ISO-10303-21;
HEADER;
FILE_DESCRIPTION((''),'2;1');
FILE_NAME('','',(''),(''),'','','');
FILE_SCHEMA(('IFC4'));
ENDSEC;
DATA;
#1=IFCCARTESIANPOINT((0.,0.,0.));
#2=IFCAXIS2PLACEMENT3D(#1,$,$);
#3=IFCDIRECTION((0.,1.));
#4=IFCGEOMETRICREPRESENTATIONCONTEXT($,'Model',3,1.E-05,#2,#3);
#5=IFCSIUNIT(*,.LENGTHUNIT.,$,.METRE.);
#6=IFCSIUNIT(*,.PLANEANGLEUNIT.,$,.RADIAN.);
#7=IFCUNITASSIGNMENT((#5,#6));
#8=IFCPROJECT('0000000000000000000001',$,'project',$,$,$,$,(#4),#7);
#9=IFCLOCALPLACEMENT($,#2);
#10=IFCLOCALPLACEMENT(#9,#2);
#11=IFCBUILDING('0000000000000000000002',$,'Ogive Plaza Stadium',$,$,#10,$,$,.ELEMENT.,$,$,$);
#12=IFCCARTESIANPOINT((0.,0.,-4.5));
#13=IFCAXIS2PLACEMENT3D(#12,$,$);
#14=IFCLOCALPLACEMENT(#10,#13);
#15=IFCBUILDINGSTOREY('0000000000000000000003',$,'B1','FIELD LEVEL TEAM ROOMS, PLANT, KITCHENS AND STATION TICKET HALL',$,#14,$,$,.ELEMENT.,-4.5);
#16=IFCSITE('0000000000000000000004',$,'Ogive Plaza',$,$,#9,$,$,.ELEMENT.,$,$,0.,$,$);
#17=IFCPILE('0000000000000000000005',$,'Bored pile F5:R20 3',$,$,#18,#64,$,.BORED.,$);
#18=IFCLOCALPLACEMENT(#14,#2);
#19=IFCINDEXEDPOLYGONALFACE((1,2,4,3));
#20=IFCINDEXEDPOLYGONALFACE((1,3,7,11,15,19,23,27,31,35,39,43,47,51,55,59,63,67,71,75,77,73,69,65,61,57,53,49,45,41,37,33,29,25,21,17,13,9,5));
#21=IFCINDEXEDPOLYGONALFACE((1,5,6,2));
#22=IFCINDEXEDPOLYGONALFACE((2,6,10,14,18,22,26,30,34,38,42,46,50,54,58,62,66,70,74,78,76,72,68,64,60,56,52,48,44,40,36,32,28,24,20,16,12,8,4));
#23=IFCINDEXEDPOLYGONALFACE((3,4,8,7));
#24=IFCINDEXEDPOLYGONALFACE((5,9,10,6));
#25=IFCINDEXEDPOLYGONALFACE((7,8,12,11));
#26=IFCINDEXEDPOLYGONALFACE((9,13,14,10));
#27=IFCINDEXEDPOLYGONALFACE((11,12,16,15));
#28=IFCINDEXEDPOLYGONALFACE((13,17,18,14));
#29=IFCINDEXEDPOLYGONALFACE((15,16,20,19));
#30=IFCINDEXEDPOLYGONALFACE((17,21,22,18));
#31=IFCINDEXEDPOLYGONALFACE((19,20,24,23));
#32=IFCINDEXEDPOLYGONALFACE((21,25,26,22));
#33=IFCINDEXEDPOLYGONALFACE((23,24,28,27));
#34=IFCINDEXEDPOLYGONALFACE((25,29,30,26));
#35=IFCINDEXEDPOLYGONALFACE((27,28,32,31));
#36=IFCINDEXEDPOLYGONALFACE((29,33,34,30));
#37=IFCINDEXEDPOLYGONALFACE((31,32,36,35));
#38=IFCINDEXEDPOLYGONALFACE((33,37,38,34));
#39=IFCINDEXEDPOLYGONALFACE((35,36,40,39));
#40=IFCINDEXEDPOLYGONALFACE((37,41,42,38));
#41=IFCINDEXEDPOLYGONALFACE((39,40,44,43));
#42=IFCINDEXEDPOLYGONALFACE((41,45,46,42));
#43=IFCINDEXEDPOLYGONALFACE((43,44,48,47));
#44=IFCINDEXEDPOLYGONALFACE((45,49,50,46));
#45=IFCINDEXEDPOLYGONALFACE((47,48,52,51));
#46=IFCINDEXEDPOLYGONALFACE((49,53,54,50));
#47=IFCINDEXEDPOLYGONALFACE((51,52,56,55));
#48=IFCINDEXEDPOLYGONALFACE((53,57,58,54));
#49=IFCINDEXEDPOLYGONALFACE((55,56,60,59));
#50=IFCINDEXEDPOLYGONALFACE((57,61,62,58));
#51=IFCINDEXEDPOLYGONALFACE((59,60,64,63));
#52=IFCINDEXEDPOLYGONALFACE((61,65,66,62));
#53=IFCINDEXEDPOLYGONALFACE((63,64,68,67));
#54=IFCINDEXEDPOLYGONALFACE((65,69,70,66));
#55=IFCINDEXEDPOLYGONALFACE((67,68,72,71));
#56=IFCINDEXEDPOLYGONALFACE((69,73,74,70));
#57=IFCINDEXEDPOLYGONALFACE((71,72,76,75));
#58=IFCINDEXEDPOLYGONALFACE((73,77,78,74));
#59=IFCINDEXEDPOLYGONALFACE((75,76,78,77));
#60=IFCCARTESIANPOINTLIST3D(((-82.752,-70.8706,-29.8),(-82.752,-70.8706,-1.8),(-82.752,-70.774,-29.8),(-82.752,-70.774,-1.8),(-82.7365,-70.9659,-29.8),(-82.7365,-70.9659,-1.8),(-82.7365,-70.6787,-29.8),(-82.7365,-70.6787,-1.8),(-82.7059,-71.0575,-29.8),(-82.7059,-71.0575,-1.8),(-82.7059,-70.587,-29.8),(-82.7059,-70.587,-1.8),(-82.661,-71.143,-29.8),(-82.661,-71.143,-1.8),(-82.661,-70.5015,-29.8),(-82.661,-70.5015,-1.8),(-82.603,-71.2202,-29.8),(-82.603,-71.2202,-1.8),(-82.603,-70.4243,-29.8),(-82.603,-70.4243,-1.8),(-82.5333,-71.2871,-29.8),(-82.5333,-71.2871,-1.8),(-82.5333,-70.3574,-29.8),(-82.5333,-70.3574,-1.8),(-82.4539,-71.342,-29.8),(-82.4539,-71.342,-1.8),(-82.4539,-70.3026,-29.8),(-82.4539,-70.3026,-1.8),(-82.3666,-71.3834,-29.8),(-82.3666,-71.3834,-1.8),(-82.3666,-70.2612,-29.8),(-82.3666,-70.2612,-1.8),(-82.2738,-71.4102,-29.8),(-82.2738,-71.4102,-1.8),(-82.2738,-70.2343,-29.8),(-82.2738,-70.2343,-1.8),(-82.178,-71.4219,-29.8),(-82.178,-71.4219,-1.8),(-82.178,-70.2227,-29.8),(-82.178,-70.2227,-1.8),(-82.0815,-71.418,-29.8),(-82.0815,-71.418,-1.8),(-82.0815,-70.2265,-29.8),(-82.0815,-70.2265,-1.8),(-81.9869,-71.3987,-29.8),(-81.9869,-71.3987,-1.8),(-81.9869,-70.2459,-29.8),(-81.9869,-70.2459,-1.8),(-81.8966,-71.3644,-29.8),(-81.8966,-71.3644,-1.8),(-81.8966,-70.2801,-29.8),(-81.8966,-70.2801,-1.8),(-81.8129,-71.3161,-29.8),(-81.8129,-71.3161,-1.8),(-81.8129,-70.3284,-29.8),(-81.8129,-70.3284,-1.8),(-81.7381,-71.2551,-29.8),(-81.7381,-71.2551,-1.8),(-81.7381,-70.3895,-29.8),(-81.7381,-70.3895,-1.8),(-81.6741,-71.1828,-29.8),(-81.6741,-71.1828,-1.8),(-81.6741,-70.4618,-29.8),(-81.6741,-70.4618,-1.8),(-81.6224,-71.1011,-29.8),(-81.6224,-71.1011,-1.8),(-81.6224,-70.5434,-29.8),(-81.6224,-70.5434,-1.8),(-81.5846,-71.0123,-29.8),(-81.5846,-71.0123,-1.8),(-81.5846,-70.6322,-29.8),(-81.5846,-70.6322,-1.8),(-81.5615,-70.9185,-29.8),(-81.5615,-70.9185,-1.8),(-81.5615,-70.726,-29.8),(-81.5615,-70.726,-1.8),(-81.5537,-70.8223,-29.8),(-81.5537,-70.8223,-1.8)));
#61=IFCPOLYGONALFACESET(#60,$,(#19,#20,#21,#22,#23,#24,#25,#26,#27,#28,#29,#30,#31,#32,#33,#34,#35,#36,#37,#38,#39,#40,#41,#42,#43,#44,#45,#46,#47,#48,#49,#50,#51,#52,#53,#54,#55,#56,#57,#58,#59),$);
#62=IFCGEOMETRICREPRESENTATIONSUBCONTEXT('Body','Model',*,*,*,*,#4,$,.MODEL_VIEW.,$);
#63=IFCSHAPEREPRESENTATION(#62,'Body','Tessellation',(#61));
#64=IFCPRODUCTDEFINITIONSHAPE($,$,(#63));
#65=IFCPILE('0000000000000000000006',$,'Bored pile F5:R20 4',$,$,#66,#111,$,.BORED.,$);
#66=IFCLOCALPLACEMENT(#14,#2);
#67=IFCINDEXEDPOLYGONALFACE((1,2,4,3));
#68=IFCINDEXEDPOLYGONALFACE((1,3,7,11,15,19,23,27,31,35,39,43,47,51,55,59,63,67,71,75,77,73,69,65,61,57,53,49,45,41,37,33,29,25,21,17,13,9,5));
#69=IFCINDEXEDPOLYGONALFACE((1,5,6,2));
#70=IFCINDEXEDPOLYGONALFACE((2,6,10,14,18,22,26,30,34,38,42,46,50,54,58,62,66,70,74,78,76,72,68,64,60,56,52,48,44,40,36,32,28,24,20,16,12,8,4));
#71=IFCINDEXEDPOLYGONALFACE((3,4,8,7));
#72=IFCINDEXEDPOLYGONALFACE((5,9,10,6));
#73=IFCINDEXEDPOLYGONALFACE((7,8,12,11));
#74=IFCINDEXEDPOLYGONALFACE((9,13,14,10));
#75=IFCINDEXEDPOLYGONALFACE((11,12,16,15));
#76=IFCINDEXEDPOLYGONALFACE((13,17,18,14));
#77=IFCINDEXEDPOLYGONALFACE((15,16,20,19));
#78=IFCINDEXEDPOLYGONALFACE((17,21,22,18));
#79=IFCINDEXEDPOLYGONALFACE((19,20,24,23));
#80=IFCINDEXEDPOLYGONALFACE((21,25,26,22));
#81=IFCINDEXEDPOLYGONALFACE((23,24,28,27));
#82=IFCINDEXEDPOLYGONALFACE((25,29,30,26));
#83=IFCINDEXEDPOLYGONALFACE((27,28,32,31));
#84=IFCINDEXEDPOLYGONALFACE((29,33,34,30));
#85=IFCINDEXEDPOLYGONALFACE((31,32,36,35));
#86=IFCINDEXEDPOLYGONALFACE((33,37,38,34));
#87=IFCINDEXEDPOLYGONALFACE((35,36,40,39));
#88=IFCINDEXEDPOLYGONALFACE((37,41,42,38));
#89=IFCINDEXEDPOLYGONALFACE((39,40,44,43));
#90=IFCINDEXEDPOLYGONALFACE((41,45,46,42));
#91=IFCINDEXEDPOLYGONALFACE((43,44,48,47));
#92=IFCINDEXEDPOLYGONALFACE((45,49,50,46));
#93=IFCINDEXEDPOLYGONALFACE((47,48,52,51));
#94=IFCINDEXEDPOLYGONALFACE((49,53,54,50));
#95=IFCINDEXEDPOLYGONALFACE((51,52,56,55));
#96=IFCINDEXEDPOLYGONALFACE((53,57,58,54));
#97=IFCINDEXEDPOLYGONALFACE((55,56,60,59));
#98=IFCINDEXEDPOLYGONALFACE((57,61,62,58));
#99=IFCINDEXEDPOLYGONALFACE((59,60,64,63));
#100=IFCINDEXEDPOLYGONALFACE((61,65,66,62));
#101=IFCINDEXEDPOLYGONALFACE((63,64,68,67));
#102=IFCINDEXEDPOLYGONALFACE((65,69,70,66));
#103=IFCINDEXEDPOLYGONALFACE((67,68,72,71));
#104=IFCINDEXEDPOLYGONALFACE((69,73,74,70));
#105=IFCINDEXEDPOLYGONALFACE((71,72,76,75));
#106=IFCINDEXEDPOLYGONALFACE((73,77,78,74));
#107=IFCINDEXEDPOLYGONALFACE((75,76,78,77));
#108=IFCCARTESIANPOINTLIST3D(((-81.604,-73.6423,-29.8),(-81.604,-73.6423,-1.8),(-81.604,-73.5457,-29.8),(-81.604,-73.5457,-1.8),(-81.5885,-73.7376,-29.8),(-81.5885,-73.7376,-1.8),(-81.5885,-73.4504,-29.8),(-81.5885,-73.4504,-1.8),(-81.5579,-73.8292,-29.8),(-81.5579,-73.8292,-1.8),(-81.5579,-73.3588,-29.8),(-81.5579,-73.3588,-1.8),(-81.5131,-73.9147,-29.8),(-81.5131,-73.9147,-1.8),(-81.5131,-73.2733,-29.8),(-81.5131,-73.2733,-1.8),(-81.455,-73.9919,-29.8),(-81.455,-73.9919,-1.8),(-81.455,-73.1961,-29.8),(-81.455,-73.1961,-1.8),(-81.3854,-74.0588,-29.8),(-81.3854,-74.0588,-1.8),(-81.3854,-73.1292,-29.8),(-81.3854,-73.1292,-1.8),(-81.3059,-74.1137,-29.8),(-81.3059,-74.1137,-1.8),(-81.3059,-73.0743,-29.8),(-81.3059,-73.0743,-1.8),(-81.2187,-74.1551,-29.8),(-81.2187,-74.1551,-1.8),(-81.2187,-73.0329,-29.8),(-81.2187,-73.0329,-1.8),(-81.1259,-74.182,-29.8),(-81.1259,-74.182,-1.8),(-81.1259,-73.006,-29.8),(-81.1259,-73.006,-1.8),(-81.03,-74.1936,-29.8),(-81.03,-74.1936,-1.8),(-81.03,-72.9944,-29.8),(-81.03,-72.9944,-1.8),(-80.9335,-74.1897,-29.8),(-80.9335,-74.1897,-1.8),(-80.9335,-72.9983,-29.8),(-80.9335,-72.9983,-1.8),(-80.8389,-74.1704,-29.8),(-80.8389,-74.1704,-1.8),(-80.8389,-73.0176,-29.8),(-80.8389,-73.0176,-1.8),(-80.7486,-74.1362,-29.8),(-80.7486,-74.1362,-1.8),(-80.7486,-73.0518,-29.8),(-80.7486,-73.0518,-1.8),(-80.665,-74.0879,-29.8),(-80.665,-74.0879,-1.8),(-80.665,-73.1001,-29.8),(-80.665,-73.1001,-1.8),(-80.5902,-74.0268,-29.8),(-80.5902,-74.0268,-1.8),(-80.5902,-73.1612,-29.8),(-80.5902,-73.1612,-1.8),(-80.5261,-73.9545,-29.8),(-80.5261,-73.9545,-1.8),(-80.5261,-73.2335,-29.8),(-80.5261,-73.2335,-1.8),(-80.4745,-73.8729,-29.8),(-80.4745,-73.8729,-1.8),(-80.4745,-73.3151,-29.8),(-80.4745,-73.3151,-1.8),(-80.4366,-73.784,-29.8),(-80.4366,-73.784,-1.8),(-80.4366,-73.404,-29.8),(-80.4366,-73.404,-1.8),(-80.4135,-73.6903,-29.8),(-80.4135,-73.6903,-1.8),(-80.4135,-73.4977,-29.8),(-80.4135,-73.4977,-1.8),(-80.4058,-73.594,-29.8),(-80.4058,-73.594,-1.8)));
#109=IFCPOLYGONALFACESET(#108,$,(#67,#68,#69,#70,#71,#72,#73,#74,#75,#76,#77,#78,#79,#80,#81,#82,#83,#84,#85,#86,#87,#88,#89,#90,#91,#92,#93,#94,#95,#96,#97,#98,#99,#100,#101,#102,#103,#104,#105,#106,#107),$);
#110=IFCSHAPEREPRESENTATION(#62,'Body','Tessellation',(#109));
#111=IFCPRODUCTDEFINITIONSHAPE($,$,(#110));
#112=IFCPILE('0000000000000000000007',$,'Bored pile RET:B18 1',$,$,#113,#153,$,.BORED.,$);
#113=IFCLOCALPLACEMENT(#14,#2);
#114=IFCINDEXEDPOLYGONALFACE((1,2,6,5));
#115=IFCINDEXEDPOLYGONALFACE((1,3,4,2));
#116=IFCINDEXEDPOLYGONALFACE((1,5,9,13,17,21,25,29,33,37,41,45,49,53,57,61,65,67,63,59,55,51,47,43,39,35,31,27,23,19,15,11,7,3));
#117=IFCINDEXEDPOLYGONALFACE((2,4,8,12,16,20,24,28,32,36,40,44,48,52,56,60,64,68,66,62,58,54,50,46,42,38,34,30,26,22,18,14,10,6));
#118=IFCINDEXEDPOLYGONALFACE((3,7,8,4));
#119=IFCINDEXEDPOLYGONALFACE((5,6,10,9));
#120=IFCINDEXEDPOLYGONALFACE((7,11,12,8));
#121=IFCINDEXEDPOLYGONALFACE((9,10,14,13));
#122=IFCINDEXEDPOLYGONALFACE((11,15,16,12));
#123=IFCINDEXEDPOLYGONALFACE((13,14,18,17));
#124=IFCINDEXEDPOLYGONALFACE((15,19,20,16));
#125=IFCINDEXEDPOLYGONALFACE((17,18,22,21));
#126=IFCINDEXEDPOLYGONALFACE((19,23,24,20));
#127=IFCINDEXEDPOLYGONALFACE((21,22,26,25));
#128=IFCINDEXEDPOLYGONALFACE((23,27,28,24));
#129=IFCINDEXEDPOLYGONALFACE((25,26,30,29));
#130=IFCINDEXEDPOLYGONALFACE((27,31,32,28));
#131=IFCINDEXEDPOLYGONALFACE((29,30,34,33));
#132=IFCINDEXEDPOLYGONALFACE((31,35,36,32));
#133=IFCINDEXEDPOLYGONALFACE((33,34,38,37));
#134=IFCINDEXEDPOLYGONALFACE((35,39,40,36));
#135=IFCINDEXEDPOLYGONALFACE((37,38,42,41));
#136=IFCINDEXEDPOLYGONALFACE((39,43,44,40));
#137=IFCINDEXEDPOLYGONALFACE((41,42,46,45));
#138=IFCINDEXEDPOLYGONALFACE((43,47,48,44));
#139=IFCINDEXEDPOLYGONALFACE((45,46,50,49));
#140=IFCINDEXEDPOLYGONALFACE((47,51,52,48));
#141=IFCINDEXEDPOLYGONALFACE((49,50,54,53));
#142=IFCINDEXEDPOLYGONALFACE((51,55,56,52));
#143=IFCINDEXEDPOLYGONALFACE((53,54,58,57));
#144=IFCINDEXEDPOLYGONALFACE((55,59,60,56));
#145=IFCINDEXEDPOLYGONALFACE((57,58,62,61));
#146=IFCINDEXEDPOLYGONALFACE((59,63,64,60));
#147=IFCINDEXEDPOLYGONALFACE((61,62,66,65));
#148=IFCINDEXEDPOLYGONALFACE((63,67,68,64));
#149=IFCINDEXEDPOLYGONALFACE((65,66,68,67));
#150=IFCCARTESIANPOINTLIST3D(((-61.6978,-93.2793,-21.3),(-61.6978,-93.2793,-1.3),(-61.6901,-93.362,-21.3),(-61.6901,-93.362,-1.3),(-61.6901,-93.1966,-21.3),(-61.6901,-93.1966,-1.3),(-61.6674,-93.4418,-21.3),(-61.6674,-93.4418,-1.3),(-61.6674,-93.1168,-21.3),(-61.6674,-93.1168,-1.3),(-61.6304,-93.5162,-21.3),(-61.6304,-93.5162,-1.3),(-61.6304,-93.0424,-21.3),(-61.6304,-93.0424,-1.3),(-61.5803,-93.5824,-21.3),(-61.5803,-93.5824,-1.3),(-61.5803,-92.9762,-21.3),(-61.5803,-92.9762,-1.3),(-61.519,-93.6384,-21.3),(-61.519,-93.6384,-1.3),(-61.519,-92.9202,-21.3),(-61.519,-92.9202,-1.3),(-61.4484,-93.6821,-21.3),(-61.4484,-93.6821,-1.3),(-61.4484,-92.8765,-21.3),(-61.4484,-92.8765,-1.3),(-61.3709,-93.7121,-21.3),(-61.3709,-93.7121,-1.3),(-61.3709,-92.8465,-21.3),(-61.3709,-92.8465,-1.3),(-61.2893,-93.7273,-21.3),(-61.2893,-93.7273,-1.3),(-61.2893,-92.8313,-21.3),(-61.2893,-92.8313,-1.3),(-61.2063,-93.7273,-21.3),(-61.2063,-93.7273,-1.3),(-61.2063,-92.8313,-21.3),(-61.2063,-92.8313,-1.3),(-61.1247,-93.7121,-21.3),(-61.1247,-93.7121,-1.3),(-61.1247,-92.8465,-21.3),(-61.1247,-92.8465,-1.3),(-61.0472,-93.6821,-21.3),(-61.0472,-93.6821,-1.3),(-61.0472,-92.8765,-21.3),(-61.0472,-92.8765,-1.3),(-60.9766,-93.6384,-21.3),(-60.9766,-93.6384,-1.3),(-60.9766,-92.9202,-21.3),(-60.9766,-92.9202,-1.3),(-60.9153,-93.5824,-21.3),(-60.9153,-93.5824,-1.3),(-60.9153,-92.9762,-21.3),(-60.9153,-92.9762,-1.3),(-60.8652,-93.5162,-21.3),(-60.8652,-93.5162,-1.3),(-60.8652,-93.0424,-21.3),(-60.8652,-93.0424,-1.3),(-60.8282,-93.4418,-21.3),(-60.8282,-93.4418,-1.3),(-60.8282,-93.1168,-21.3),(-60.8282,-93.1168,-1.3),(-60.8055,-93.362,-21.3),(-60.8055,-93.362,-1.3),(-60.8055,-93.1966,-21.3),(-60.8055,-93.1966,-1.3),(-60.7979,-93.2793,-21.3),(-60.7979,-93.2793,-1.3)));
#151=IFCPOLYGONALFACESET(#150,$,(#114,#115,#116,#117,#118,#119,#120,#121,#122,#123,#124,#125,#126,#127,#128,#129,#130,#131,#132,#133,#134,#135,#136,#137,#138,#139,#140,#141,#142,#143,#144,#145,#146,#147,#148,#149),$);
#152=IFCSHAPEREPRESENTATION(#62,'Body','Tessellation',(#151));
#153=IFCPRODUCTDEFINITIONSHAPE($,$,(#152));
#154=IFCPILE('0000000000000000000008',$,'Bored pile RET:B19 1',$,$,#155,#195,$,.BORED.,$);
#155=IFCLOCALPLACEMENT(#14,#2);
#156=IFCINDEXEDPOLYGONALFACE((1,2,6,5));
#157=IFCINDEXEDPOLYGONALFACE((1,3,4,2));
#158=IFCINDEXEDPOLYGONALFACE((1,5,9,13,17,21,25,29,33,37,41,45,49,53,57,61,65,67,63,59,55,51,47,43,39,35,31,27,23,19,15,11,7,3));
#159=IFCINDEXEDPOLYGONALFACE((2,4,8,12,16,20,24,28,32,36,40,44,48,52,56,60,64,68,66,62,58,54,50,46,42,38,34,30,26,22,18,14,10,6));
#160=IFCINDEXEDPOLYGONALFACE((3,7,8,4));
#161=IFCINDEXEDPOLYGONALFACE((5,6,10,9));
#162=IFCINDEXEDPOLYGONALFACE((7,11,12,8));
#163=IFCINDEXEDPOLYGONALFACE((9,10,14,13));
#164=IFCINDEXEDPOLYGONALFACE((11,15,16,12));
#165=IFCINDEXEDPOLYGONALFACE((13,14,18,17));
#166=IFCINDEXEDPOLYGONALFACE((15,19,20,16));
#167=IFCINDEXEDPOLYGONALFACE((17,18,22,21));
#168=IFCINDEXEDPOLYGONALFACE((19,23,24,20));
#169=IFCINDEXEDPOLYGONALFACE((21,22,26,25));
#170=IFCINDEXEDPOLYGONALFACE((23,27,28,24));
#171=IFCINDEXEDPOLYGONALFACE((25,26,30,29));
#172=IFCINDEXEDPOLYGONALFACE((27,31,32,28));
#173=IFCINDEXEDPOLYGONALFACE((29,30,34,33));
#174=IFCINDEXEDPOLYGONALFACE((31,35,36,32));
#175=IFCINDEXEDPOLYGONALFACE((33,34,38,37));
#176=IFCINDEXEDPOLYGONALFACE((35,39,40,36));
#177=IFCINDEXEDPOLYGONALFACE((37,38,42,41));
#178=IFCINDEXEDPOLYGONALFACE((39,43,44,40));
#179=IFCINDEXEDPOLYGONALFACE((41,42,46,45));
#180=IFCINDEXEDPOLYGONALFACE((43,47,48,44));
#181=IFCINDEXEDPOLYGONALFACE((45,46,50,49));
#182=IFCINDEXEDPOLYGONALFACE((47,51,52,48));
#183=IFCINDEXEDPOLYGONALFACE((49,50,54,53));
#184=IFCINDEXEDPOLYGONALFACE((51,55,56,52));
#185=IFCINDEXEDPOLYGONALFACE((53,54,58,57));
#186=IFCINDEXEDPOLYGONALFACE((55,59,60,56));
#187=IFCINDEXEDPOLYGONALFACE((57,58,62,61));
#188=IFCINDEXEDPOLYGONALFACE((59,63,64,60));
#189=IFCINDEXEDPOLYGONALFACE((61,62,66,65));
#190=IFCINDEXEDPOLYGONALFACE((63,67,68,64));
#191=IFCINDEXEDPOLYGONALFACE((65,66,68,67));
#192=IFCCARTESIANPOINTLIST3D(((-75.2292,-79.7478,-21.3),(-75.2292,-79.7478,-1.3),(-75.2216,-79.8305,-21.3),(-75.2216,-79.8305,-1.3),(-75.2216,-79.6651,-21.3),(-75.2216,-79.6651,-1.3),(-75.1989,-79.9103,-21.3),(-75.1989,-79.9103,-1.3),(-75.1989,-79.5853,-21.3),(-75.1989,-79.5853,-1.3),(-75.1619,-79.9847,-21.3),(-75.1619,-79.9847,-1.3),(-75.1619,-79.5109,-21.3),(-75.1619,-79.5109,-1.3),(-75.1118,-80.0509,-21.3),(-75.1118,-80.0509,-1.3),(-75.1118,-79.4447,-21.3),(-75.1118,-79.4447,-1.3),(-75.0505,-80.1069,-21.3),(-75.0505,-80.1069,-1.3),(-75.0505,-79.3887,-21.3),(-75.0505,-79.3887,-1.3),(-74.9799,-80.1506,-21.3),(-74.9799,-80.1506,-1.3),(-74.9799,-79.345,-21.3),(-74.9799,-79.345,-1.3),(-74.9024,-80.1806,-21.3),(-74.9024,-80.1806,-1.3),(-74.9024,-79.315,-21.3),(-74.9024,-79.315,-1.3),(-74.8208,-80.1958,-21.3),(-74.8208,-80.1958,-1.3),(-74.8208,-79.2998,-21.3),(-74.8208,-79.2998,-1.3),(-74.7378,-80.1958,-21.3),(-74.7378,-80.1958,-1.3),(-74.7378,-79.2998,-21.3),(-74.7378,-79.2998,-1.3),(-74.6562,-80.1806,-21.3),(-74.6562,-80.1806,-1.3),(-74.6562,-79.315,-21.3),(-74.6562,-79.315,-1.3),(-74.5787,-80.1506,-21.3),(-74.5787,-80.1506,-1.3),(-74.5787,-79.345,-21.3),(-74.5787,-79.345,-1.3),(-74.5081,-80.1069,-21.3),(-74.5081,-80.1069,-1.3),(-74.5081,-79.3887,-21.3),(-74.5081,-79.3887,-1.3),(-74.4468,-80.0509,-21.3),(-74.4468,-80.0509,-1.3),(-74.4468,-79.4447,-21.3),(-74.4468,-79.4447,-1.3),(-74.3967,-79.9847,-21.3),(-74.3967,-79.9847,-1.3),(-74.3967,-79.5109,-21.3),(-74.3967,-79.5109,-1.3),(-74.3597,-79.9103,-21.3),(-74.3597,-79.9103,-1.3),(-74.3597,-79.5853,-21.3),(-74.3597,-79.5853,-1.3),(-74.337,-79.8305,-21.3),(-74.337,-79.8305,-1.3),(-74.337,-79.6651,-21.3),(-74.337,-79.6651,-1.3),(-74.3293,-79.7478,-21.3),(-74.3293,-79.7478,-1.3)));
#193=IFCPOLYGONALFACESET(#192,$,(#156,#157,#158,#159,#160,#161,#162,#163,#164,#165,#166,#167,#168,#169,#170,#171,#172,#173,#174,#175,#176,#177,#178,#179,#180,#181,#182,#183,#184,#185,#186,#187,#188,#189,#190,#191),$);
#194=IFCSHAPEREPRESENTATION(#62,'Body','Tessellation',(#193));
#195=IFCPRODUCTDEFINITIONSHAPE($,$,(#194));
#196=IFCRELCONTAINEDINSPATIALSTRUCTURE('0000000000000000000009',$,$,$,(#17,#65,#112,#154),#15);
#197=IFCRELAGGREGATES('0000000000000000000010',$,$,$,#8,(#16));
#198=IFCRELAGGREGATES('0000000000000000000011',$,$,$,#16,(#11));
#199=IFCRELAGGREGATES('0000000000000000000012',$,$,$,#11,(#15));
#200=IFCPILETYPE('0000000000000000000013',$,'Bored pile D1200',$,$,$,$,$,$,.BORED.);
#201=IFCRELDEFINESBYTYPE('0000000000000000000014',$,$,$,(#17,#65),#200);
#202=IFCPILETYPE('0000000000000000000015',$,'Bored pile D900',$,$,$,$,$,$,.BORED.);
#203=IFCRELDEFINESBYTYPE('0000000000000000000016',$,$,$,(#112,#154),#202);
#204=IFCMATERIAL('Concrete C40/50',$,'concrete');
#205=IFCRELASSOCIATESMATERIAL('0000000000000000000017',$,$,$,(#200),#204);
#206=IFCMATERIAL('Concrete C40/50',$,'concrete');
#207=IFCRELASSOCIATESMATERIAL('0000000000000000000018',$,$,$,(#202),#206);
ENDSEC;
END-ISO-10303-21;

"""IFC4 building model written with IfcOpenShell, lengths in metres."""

from ifc_helpers import new_model, si_unit, direction, frame, origin, origin_2d, place, context, subcontext, project, spatial, circle, extrude, material, material_profile, profile_set, type_object, element, save


model = new_model("IFC4")

# Units and contexts
model_context = context("Model", 3, precision=1e-05, world=origin(), true_north=direction((0.0, 1.0)))
body_context = subcontext(model_context, "Body", "Model", "MODEL_VIEW")
ifc_project = project(units=[si_unit("LENGTHUNIT", "METRE"), si_unit("PLANEANGLEUNIT", "RADIAN")], contexts=[model_context])

# Site, building, storey
site_placement = place(None, origin())
site = spatial("IfcSite", under=ifc_project, at=site_placement, Name="Ogive Plaza", CompositionType="ELEMENT", RefElevation=0.0)
building_placement = place(site_placement, origin())
building = spatial("IfcBuilding", under=site, at=building_placement, Name="Ogive Plaza Stadium", CompositionType="ELEMENT")
storey_placement = place(building_placement, frame((0.0, 0.0, -4.5)))
storey = spatial("IfcBuildingStorey", under=building, at=storey_placement, Name="B1", Description="FIELD LEVEL TEAM ROOMS, PLANT, KITCHENS AND STATION TICKET HALL", CompositionType="ELEMENT", Elevation=-4.5)

# Piles
ifc_material_1 = material(Name="Concrete C40/50", Category="concrete")
ifc_material_profile_1 = material_profile(ifc_material_1, circle(Radius=0.6001, at=origin_2d()), Name="RC D1200")
ifc_profile_set_1 = profile_set([ifc_material_profile_1], Name="Concrete C40/50")
pile_type_1 = type_object("IfcPileType", Name="Bored pile D1200", PredefinedType="BORED", material=ifc_profile_set_1)
for number, where, z_axis, x_axis, name in (
    (1, (-82.1538, -70.8223, -1.8), (0.0, 0.0, -1.0), (1.0, 0.0, 0.0), "Bored pile F5:R20 3"),
    (2, (-81.0059, -73.594, -1.8), (0.0, 0.0, -1.0), (1.0, 0.0, 0.0), "Bored pile F5:R20 4"),
):
    element("IfcPile", number, at=place(storey_placement, frame(where, z_axis=z_axis, x_axis=x_axis)), inside=storey, type_object=pile_type_1, Name=name, PredefinedType="BORED", context=body_context, shape_type="SweptSolid", body=[
        extrude(circle(Radius=0.6001, at=origin_2d()), origin(), (0.0, 0.0, 1.0), 28.0),
    ])
ifc_material_2 = material(Name="Concrete C40/50", Category="concrete")
ifc_material_profile_2 = material_profile(ifc_material_2, circle(Radius=0.45, at=origin_2d()), Name="RC D900")
ifc_profile_set_2 = profile_set([ifc_material_profile_2], Name="Concrete C40/50")
pile_type_2 = type_object("IfcPileType", Name="Bored pile D900", PredefinedType="BORED", material=ifc_profile_set_2)
for number, where, z_axis, x_axis, name in (
    (3, (-61.2478, -93.2793, -1.3), (0.0, 0.0, -1.0), (1.0, 0.0, 0.0), "Bored pile RET:B18 1"),
    (4, (-74.7793, -79.7478, -1.3), (0.0, 0.0, -1.0), (1.0, 0.0, 0.0), "Bored pile RET:B19 1"),
):
    element("IfcPile", number, at=place(storey_placement, frame(where, z_axis=z_axis, x_axis=x_axis)), inside=storey, type_object=pile_type_2, Name=name, PredefinedType="BORED", context=body_context, shape_type="SweptSolid", body=[
        extrude(circle(Radius=0.45, at=origin_2d()), origin(), (0.0, 0.0, 1.0), 20.0),
    ])

save(model, "model.ifc")
